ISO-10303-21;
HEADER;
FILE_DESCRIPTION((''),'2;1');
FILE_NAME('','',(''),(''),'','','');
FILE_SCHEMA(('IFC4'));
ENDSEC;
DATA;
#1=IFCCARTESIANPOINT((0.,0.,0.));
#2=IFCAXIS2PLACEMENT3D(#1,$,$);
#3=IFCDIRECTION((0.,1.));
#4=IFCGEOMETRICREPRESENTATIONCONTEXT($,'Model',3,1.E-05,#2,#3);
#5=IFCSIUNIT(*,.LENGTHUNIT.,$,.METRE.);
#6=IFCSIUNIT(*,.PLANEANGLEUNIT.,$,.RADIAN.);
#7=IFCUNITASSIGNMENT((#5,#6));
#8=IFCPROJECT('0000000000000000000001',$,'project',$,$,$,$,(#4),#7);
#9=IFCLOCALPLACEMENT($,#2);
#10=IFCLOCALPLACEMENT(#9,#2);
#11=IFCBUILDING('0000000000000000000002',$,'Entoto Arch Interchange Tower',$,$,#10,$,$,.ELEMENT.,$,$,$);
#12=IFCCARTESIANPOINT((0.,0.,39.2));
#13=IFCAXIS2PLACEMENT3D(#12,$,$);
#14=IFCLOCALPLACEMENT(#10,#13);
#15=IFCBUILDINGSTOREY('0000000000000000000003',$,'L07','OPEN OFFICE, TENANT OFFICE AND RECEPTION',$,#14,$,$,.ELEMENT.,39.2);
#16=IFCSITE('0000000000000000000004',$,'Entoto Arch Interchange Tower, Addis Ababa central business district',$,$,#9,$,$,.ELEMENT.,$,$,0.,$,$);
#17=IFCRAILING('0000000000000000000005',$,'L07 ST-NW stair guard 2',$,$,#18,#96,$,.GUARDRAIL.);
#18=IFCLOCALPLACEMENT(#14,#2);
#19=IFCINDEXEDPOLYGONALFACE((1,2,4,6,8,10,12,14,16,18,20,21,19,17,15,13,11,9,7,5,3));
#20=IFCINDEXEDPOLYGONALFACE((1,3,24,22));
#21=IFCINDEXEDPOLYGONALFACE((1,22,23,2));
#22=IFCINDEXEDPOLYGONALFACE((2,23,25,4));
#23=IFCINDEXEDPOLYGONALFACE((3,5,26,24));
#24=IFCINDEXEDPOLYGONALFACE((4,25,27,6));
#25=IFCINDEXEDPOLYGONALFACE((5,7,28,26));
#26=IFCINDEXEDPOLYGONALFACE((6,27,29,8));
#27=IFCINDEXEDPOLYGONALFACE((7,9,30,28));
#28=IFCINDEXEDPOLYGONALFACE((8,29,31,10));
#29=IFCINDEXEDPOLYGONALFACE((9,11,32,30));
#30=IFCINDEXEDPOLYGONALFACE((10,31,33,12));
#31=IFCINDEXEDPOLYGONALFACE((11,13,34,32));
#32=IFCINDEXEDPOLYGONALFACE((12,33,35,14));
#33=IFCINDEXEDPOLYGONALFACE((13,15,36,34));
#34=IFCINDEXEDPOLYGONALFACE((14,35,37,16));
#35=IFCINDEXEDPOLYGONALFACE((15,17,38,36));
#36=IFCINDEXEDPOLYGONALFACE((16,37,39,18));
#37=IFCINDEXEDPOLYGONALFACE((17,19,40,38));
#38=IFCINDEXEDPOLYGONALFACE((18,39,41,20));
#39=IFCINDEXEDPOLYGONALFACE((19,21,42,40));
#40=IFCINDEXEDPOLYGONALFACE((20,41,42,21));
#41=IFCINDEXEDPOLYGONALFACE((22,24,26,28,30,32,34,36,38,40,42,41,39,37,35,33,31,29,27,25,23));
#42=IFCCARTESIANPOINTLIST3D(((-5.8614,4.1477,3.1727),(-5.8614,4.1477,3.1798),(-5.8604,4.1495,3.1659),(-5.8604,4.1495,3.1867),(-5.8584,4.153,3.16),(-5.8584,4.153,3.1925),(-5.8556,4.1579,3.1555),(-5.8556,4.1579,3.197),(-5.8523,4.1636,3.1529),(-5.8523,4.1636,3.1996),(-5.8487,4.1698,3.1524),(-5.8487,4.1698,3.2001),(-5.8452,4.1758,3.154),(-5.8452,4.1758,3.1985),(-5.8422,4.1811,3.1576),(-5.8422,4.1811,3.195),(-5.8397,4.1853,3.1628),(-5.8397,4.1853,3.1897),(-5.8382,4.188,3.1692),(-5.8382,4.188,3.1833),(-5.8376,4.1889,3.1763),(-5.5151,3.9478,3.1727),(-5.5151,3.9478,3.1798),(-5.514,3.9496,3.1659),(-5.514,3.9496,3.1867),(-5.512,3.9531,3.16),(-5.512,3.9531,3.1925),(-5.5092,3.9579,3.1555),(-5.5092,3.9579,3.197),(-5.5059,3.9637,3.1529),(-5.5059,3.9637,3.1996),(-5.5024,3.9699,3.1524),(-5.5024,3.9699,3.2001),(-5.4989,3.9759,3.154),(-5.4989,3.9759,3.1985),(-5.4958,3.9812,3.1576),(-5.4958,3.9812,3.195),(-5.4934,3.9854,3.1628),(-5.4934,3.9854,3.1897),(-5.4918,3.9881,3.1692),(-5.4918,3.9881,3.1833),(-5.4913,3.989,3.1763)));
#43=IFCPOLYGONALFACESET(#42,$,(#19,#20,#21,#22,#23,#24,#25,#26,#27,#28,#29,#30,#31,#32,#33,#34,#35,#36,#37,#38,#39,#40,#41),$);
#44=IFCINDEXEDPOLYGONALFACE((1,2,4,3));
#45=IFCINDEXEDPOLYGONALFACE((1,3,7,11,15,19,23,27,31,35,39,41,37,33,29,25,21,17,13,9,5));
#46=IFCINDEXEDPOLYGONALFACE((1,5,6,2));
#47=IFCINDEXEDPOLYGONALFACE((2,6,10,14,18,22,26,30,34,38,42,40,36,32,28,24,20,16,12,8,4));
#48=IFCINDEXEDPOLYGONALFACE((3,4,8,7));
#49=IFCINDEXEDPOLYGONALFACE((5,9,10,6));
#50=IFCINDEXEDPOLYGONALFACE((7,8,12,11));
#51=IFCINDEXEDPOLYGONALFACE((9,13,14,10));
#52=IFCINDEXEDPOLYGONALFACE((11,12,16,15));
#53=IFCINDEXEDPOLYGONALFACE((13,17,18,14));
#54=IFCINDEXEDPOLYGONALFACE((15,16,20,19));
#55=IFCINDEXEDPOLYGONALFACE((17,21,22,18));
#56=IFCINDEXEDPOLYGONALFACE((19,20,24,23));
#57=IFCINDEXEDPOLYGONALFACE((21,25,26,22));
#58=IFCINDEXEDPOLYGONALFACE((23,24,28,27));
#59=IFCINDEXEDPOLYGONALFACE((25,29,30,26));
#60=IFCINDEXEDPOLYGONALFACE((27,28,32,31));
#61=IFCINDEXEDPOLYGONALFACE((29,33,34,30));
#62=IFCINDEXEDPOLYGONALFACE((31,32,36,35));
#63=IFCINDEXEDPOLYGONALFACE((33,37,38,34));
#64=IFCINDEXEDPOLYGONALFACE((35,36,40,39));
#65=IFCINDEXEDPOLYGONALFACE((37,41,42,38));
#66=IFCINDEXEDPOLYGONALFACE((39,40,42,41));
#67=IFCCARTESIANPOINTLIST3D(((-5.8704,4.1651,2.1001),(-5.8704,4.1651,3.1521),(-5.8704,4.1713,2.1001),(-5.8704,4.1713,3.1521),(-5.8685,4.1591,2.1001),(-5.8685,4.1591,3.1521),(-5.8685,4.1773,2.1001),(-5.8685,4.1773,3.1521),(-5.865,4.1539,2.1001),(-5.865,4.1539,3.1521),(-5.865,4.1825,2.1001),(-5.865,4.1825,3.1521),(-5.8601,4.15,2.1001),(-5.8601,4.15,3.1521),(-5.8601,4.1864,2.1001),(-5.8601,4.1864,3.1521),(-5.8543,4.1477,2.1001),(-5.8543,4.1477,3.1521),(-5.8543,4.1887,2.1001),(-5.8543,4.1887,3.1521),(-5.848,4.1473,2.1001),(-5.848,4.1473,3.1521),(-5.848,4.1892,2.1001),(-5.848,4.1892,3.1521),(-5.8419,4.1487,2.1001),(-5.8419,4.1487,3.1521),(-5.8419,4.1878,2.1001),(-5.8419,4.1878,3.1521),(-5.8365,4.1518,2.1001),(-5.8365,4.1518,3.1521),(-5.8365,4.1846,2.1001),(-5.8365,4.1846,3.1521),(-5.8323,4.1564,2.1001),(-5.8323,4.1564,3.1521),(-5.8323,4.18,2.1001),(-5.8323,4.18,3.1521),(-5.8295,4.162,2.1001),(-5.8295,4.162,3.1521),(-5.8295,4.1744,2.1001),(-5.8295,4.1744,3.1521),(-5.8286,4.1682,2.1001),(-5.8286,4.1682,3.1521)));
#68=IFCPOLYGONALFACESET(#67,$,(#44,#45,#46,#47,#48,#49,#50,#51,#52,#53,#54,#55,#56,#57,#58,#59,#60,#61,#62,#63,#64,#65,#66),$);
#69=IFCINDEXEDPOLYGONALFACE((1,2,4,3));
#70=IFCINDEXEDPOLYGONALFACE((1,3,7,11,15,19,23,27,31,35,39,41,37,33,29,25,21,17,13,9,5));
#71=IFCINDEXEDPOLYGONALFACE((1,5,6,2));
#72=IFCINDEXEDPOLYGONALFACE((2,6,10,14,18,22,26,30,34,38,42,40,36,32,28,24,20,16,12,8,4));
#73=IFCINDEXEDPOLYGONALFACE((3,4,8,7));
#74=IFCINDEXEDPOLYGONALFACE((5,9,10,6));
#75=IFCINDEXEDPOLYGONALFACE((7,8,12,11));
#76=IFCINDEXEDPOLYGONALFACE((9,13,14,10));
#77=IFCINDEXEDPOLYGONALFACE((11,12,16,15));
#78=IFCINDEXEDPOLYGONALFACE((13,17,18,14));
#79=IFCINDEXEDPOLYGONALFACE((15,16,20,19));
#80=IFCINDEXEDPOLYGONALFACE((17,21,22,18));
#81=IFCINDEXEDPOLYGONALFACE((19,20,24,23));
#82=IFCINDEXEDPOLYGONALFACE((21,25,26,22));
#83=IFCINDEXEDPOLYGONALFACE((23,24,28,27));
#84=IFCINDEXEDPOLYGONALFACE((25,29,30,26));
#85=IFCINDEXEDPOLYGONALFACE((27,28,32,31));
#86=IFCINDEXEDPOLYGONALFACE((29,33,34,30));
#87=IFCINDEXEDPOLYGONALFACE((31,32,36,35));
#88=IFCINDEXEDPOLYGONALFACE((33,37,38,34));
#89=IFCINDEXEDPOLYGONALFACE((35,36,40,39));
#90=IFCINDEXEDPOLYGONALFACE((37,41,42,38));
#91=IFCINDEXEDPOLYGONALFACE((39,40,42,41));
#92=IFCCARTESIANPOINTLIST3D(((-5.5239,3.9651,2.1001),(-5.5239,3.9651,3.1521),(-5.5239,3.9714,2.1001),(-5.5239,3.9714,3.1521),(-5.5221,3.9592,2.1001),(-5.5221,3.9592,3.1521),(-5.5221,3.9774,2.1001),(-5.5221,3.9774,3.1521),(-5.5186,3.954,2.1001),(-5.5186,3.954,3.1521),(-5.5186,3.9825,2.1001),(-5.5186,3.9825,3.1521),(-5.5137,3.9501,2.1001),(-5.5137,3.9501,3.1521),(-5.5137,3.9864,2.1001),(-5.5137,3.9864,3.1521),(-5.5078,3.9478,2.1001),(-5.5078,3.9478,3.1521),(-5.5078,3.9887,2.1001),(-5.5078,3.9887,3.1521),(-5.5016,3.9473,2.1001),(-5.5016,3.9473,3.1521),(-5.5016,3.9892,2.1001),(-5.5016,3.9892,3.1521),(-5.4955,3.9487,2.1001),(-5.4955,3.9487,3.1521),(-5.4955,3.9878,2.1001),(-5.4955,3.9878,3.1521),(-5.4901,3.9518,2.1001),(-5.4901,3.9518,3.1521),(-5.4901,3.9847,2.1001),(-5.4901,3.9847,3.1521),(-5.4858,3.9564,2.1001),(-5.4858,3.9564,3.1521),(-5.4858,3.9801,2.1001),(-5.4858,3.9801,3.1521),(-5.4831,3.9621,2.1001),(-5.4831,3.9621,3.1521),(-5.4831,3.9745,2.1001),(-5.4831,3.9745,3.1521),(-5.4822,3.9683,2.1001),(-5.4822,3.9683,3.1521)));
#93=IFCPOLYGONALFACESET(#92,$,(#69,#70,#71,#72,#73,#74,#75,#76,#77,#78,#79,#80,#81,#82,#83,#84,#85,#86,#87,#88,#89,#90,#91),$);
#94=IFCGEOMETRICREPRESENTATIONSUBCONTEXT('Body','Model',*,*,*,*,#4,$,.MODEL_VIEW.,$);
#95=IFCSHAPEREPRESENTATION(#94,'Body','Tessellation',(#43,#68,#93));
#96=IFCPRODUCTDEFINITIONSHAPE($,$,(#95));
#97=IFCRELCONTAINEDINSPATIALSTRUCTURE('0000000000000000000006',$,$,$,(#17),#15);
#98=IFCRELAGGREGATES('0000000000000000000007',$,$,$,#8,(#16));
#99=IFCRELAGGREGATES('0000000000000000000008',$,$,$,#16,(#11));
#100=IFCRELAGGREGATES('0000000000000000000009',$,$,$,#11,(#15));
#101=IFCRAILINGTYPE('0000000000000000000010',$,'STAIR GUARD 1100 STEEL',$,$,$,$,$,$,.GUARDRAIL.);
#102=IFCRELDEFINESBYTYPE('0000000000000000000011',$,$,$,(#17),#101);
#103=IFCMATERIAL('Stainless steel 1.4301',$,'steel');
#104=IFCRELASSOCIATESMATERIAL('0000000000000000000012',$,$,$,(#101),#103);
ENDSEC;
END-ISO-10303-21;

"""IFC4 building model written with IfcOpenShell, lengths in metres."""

from ifc_helpers import new_model, si_unit, direction, frame, origin, origin_2d, place, context, subcontext, project, spatial, circle, extrude, material, type_object, element, save


model = new_model("IFC4")

# Units and contexts
model_context = context("Model", 3, precision=1e-05, world=origin(), true_north=direction((0.0, 1.0)))
body_context = subcontext(model_context, "Body", "Model", "MODEL_VIEW")
ifc_project = project(units=[si_unit("LENGTHUNIT", "METRE"), si_unit("PLANEANGLEUNIT", "RADIAN")], contexts=[model_context])

# Site, building, storey
site_placement = place(None, origin())
site = spatial("IfcSite", under=ifc_project, at=site_placement, Name="Entoto Arch Interchange Tower, Addis Ababa central business district", CompositionType="ELEMENT", RefElevation=0.0)
building_placement = place(site_placement, origin())
building = spatial("IfcBuilding", under=site, at=building_placement, Name="Entoto Arch Interchange Tower", CompositionType="ELEMENT")
storey_placement = place(building_placement, frame((0.0, 0.0, 39.2)))
storey = spatial("IfcBuildingStorey", under=building, at=storey_placement, Name="L07", Description="OPEN OFFICE, TENANT OFFICE AND RECEPTION", CompositionType="ELEMENT", Elevation=39.2)

# Railing
ifc_material_1 = material(Name="Stainless steel 1.4301", Category="steel")
railing_type = type_object("IfcRailingType", Name="STAIR GUARD 1100 STEEL", PredefinedType="GUARDRAIL", material=ifc_material_1)
railing_1_placement = place(storey_placement, frame((-5.8496, 4.1682, 2.1001)))
element("IfcRailing", 1, at=railing_1_placement, inside=storey, type_object=railing_type, Name="L07 ST-NW stair guard 2", PredefinedType="GUARDRAIL", context=body_context, shape_type="SweptSolid", body=[
    extrude(circle(Radius=0.0239, at=origin_2d()), frame((0.0, 0.0, 1.0762), z_axis=(0.866094, -0.499881, 0.0), x_axis=(0.499881, 0.866094, 0.0)), (0.0, 0.0, 1.0), 0.3999),
    extrude(circle(Radius=0.021, at=origin_2d()), origin(), (0.0, 0.0, 1.0), 1.052),
    extrude(circle(Radius=0.021, at=origin_2d()), frame((0.3464, -0.2, 0.0)), (0.0, 0.0, 1.0), 1.052),
])

save(model, "model.ifc")
